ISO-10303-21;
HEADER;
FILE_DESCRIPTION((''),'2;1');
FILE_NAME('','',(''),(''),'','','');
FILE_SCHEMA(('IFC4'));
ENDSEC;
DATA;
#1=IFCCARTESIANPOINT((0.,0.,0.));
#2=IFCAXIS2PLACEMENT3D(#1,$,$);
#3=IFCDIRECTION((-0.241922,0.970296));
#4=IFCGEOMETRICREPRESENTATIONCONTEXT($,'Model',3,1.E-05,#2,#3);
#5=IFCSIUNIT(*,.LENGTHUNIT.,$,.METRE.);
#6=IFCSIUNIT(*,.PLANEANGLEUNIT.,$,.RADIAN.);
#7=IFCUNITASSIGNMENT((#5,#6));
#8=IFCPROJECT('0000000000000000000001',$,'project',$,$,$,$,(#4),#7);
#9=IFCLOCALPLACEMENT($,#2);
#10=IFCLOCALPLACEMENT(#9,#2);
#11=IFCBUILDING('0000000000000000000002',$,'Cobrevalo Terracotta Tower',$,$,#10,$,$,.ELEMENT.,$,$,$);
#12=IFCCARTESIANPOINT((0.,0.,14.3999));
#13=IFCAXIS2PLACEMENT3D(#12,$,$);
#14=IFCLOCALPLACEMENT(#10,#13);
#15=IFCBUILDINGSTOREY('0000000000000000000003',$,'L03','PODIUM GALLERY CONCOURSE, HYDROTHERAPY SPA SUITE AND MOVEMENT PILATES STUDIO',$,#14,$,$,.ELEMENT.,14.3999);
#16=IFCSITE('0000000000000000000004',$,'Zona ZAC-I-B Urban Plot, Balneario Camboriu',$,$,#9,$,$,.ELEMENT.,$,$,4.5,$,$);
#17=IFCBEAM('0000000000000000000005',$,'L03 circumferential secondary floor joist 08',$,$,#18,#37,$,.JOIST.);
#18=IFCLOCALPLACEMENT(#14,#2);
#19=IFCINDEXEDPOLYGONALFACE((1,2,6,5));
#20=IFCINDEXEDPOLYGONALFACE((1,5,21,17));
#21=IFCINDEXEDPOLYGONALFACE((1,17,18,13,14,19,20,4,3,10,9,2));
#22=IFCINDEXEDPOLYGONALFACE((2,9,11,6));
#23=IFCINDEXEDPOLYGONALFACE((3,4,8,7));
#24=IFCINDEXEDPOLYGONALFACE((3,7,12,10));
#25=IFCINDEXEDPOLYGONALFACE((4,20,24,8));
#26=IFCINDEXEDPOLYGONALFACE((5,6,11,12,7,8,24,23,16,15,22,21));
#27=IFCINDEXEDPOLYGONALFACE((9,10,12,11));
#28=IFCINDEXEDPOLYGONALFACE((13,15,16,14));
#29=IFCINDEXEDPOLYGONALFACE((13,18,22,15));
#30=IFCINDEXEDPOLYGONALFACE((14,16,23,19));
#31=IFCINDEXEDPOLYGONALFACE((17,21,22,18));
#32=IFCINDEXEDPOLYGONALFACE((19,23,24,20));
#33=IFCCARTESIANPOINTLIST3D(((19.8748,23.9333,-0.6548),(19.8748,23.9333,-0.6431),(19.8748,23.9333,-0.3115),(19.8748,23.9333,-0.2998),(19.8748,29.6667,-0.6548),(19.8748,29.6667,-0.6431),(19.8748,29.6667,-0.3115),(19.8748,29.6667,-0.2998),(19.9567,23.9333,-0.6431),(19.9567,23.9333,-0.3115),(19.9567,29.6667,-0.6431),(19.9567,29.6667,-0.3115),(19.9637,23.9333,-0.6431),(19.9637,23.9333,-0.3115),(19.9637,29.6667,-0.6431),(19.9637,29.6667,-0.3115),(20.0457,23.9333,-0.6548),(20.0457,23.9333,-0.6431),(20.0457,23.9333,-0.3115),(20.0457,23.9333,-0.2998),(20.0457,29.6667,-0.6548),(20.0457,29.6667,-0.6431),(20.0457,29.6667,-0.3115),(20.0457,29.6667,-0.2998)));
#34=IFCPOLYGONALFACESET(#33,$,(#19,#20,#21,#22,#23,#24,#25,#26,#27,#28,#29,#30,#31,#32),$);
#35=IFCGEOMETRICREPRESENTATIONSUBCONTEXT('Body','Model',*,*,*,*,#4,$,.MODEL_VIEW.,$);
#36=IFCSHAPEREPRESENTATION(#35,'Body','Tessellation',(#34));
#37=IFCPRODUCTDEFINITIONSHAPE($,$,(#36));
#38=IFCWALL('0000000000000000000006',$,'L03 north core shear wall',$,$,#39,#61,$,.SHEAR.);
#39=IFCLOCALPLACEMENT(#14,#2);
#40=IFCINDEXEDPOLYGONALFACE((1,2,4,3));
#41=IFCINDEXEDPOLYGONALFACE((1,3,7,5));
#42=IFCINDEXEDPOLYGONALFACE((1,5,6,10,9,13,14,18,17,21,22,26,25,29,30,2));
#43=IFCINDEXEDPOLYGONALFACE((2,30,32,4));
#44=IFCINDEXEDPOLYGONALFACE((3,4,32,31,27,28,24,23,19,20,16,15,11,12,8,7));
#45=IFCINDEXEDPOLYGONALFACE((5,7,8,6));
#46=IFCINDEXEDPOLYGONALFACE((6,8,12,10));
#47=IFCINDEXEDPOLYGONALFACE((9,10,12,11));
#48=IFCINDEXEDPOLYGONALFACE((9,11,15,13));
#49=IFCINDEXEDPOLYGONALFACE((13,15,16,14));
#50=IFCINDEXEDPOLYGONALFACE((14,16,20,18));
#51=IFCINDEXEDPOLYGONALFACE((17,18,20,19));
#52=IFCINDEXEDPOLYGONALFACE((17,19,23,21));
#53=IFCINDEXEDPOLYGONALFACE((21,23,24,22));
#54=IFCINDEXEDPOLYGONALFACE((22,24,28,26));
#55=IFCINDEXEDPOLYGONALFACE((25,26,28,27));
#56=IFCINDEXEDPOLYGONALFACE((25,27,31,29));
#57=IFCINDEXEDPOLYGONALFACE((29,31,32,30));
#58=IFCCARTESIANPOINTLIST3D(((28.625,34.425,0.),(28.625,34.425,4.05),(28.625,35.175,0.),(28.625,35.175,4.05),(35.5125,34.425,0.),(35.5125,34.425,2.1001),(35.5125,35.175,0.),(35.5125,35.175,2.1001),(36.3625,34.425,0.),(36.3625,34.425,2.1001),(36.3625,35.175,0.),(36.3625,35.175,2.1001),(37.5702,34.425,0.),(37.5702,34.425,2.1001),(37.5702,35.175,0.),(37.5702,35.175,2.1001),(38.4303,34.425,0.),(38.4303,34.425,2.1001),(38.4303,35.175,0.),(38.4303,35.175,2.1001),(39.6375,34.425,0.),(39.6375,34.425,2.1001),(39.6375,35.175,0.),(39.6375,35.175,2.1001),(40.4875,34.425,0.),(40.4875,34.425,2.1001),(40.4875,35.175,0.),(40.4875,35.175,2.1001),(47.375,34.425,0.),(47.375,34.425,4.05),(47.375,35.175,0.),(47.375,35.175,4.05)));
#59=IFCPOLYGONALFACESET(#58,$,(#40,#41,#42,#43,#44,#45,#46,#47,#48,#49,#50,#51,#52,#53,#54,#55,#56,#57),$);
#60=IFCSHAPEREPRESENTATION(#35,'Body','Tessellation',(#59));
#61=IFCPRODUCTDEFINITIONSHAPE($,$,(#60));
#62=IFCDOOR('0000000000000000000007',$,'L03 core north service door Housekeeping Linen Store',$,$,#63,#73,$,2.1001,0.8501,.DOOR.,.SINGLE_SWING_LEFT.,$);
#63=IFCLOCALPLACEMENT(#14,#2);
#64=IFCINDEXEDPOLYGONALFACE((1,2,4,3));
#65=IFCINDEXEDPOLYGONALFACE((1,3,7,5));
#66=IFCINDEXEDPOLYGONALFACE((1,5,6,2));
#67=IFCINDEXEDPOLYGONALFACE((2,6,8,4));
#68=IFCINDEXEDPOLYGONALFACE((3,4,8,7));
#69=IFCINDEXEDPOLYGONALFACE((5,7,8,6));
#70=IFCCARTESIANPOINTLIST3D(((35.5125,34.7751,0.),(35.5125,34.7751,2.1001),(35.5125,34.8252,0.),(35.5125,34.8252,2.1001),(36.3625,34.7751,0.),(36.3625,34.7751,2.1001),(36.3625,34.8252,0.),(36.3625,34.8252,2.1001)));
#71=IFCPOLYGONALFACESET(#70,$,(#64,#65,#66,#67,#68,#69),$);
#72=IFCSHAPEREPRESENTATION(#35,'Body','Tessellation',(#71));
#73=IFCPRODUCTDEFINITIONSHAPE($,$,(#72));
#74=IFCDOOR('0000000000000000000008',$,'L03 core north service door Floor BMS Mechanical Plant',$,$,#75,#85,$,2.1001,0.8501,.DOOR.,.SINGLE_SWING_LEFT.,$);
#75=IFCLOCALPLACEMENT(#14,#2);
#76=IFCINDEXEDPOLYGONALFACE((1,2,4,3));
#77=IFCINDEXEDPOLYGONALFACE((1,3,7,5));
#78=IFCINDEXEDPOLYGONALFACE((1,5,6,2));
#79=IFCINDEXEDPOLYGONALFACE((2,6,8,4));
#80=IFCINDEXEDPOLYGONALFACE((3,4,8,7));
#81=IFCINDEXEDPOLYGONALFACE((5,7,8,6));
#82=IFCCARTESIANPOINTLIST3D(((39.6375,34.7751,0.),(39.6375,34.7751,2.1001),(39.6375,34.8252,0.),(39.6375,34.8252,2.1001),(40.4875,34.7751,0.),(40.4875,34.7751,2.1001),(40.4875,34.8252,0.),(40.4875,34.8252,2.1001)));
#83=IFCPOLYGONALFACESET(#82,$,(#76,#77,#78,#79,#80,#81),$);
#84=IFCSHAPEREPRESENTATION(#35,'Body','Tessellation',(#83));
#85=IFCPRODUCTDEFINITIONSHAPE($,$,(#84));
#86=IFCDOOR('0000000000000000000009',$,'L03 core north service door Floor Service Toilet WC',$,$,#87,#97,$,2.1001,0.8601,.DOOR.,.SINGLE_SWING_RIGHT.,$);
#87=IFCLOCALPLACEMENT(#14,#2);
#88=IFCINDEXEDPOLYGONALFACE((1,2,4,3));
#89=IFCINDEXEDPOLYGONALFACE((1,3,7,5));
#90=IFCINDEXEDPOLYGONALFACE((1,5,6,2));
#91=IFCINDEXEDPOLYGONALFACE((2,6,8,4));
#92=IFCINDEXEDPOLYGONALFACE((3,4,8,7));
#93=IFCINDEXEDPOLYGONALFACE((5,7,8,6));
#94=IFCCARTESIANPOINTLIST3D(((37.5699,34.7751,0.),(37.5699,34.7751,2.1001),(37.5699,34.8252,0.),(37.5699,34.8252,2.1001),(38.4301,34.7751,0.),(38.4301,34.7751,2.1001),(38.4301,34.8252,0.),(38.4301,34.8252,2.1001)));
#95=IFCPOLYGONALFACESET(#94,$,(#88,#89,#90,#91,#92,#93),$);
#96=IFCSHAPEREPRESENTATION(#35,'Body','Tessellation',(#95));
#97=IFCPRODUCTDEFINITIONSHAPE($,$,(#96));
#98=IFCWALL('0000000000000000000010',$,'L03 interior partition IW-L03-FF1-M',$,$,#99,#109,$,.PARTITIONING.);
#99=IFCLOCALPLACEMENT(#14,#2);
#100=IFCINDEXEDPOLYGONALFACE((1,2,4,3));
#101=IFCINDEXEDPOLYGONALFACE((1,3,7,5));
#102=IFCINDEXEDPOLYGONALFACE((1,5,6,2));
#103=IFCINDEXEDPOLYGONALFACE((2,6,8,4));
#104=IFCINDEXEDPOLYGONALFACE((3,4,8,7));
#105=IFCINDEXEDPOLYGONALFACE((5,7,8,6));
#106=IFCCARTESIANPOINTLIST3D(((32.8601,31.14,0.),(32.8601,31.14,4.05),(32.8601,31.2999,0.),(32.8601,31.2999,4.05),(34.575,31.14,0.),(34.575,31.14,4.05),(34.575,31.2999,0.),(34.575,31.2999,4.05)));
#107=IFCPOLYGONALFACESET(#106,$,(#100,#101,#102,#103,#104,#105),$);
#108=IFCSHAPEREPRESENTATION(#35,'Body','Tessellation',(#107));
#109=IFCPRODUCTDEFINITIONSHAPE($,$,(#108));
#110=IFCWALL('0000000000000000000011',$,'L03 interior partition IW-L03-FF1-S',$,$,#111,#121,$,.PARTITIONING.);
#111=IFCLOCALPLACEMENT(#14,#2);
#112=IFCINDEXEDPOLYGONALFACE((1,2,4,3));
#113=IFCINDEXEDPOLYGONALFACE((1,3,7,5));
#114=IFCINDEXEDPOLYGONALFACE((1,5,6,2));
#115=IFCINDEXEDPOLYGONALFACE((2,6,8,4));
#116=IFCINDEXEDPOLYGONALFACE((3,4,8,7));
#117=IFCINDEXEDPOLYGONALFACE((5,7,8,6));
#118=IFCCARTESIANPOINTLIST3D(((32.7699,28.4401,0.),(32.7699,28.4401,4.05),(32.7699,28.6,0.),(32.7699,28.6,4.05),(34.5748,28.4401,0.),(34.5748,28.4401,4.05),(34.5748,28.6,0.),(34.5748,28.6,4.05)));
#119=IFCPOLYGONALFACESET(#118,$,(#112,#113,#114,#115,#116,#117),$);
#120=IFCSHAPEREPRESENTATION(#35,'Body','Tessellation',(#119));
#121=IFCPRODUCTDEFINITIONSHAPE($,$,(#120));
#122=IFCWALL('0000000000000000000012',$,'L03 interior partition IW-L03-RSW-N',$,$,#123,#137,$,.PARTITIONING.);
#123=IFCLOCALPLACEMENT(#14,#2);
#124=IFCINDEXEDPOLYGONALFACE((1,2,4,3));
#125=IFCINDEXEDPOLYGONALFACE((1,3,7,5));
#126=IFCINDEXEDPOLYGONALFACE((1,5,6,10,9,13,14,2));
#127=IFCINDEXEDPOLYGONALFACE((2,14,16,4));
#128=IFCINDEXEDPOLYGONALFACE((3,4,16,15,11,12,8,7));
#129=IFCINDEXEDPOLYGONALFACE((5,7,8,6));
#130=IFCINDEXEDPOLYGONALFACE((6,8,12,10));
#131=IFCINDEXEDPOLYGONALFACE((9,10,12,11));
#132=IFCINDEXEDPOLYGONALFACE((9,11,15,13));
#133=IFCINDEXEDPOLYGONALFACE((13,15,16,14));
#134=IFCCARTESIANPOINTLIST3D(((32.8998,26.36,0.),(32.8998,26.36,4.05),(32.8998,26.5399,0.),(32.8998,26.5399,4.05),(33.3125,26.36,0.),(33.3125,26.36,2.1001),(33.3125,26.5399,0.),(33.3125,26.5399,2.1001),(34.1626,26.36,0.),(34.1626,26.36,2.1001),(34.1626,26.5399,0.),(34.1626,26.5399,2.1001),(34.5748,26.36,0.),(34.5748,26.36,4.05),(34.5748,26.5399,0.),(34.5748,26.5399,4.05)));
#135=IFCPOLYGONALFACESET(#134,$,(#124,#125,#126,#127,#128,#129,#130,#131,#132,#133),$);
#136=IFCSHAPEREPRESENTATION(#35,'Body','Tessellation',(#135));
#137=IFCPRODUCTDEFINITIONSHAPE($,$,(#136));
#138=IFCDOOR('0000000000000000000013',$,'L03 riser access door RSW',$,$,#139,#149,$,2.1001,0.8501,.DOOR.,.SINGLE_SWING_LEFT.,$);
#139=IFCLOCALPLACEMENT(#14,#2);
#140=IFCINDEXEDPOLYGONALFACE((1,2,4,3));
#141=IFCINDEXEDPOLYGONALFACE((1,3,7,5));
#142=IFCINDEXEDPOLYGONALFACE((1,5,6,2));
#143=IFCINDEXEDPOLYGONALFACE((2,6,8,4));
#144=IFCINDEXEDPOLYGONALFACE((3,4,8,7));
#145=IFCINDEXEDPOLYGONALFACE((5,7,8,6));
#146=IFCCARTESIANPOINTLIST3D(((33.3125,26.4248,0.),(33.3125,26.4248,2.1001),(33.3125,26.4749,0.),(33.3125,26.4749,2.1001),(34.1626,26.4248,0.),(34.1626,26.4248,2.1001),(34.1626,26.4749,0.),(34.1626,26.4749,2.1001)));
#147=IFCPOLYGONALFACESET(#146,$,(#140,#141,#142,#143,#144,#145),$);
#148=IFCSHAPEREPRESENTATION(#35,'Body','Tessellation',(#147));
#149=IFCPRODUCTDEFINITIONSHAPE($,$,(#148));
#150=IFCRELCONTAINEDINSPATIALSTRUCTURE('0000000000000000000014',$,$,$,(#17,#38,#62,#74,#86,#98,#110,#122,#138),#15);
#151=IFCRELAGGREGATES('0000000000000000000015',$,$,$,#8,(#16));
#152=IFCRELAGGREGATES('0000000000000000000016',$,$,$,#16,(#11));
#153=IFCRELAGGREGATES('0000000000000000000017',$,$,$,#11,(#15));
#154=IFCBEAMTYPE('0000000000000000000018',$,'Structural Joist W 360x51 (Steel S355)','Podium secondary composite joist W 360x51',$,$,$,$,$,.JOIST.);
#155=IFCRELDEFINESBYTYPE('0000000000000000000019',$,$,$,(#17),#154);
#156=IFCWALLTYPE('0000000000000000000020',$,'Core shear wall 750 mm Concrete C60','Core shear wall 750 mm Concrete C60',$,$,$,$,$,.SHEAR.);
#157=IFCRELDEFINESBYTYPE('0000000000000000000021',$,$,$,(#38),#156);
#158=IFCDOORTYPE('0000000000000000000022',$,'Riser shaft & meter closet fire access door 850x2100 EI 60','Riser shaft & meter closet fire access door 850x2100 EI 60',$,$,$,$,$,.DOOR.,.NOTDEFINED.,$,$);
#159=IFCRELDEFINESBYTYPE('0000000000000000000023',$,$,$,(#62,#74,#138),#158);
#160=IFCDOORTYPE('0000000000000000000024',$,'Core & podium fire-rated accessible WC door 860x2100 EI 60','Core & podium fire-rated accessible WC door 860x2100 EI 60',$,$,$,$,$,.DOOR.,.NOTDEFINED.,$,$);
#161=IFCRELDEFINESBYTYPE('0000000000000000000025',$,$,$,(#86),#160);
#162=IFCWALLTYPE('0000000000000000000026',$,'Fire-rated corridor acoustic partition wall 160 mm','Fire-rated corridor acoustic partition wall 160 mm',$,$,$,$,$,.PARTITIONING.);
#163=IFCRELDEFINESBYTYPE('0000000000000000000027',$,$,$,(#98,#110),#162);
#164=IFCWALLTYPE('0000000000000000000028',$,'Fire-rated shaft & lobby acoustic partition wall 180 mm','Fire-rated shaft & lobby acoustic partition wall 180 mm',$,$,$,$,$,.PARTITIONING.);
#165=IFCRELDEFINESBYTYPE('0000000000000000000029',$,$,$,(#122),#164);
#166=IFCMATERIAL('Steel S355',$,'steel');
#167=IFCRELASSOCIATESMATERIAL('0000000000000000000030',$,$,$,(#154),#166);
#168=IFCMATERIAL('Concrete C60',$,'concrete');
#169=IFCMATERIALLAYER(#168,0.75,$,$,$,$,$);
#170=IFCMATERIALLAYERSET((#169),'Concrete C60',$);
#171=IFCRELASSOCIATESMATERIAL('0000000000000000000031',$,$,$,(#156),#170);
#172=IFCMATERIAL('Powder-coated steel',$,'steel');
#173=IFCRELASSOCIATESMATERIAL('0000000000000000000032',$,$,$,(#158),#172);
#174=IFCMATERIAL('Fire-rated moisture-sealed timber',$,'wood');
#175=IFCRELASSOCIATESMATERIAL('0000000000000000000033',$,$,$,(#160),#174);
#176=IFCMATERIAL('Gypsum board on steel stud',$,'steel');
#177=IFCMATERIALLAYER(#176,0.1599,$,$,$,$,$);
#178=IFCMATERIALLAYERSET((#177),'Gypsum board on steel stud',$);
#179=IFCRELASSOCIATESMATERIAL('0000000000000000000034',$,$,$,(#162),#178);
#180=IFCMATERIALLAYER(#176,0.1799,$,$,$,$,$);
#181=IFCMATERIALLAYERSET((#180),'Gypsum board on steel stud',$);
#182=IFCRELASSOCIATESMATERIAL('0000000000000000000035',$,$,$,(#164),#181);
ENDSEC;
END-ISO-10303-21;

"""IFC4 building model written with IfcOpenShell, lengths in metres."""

from ifc_helpers import new_model, si_unit, direction, frame, frame_2d, origin, origin_2d, place, context, subcontext, project, spatial, rectangle, i_section, extrude, source, transform, mapped, material, layer, layer_set, material_profile, profile_set, type_object, element, fill, save


model = new_model("IFC4")

# Units and contexts
model_context = context("Model", 3, precision=1e-05, world=origin(), true_north=direction((-0.241922, 0.970296)))
body_context = subcontext(model_context, "Body", "Model", "MODEL_VIEW")
ifc_project = project(units=[si_unit("LENGTHUNIT", "METRE"), si_unit("PLANEANGLEUNIT", "RADIAN")], contexts=[model_context])

# Site, building, storey
site_placement = place(None, origin())
site = spatial("IfcSite", under=ifc_project, at=site_placement, Name="Zona ZAC-I-B Urban Plot, Balneario Camboriu", CompositionType="ELEMENT", RefElevation=4.5)
building_placement = place(site_placement, origin())
building = spatial("IfcBuilding", under=site, at=building_placement, Name="Cobrevalo Terracotta Tower", CompositionType="ELEMENT")
storey_placement = place(building_placement, frame((0.0, 0.0, 14.3999)))
storey = spatial("IfcBuildingStorey", under=building, at=storey_placement, Name="L03", Description="PODIUM GALLERY CONCOURSE, HYDROTHERAPY SPA SUITE AND MOVEMENT PILATES STUDIO", CompositionType="ELEMENT", Elevation=14.3999)

# Shared definitions
ifc_material_1 = material(Name="Steel S355", Category="steel")
ifc_material_2 = material(Name="Concrete C60", Category="concrete")

# Beam
ifc_material_profile_1 = material_profile(ifc_material_1, i_section(OverallWidth=0.1709, OverallDepth=0.355, WebThickness=0.0071, FlangeThickness=0.0117, at=origin_2d()), Name="W 360x51")
ifc_profile_set_1 = profile_set([ifc_material_profile_1], Name="Steel S355")
beam_type = type_object("IfcBeamType", Name="Structural Joist W 360x51 (Steel S355)", Description="Podium secondary composite joist W 360x51", PredefinedType="JOIST", material=ifc_profile_set_1)
beam_1_placement = place(storey_placement, frame((19.9602, 29.6667, -0.4773), z_axis=(0.0, -1.0, 0.0), x_axis=(1.0, 0.0, 0.0)))
element("IfcBeam", 1, at=beam_1_placement, inside=storey, type_object=beam_type, Name="L03 circumferential secondary floor joist 08", PredefinedType="JOIST", context=body_context, shape_type="SweptSolid", body=[
    extrude(i_section(OverallWidth=0.1709, OverallDepth=0.355, WebThickness=0.0071, FlangeThickness=0.0117, at=origin_2d()), origin(), (0.0, 0.0, 1.0), 5.7334),
])

# Wall, openings, doors
ifc_layer_1 = layer(ifc_material_2, 0.75)
ifc_layer_set_1 = layer_set([ifc_layer_1], Name="Concrete C60")
wall_type_1 = type_object("IfcWallType", Name="Core shear wall 750 mm Concrete C60", Description="Core shear wall 750 mm Concrete C60", PredefinedType="SHEAR", material=ifc_layer_set_1)
wall_1_placement = place(storey_placement, frame((28.625, 34.8, 0.0), z_axis=(0.0, 0.0, 1.0), x_axis=(1.0, 0.0, 0.0)))
wall_1 = element("IfcWall", 2, at=wall_1_placement, inside=storey, type_object=wall_type_1, Name="L03 north core shear wall", PredefinedType="SHEAR", context=body_context, shape_type="SweptSolid", body=[
    extrude(rectangle(XDim=18.75, YDim=0.75, at=frame_2d((9.375, 0.0))), origin(), (0.0, 0.0, 1.0), 4.05),
])
opening_1_placement = place(wall_1_placement, frame((6.8875, 0.0, 0.0)))
opening_1 = element("IfcOpeningElement", 3, at=opening_1_placement, cuts=wall_1, PredefinedType="OPENING", context=body_context, shape_type="SweptSolid", body=[
    extrude(rectangle(XDim=0.8501, YDim=2.1001, at=frame_2d((0.425, 1.05))), frame((0.0, 0.385, 0.0), z_axis=(0.0, -1.0, 0.0), x_axis=(1.0, 0.0, 0.0)), (0.0, 0.0, 1.0), 0.77),
])
opening_2_placement = place(wall_1_placement, frame((8.9451, 0.0, 0.0)))
opening_2 = element("IfcOpeningElement", 4, at=opening_2_placement, cuts=wall_1, PredefinedType="OPENING", context=body_context, shape_type="SweptSolid", body=[
    extrude(rectangle(XDim=0.8601, YDim=2.1001, at=frame_2d((0.4302, 1.05))), frame((0.0, 0.385, 0.0), z_axis=(0.0, -1.0, 0.0), x_axis=(1.0, 0.0, 0.0)), (0.0, 0.0, 1.0), 0.77),
])
opening_3_placement = place(wall_1_placement, frame((11.0125, 0.0, 0.0)))
opening_3 = element("IfcOpeningElement", 5, at=opening_3_placement, cuts=wall_1, PredefinedType="OPENING", context=body_context, shape_type="SweptSolid", body=[
    extrude(rectangle(XDim=0.8501, YDim=2.1001, at=frame_2d((0.425, 1.05))), frame((0.0, 0.385, 0.0), z_axis=(0.0, -1.0, 0.0), x_axis=(1.0, 0.0, 0.0)), (0.0, 0.0, 1.0), 0.77),
])
ifc_material_3 = material(Name="Powder-coated steel", Category="steel")
door_type_1 = type_object("IfcDoorType", Name="Riser shaft & meter closet fire access door 850x2100 EI 60", Description="Riser shaft & meter closet fire access door 850x2100 EI 60", OperationType="NOTDEFINED", PredefinedType="DOOR", material=ifc_material_3)
shared_shape_1 = source(origin(), body_context, "Body", "SweptSolid", [
    extrude(rectangle(XDim=0.8501, YDim=2.1001, at=frame_2d((0.425, 1.05))), frame((0.0, 0.0249, 0.0), z_axis=(0.0, -1.0, 0.0), x_axis=(1.0, 0.0, 0.0)), (0.0, 0.0, 1.0), 0.05),
])
door_1_placement = place(opening_1_placement, frame((0.8501, 0.0, 0.0), z_axis=(0.0, 0.0, 1.0), x_axis=(-1.0, 0.0, 0.0)))
door_1 = element("IfcDoor", 6, at=door_1_placement, inside=storey, type_object=door_type_1, Name="L03 core north service door Housekeeping Linen Store", OperationType="SINGLE_SWING_LEFT", OverallHeight=2.1001, OverallWidth=0.8501, PredefinedType="DOOR", context=body_context, shape_type="MappedRepresentation", body=[
    mapped(shared_shape_1, transform((0.0, 0.0, 0.0), scale=1.0)),
])
fill(opening_1, door_1)
door_2_placement = place(opening_3_placement, frame((0.8501, 0.0, 0.0), z_axis=(0.0, 0.0, 1.0), x_axis=(-1.0, 0.0, 0.0)))
door_2 = element("IfcDoor", 7, at=door_2_placement, inside=storey, type_object=door_type_1, Name="L03 core north service door Floor BMS Mechanical Plant", OperationType="SINGLE_SWING_LEFT", OverallHeight=2.1001, OverallWidth=0.8501, PredefinedType="DOOR", context=body_context, shape_type="MappedRepresentation", body=[
    mapped(shared_shape_1, transform((0.0, 0.0, 0.0), scale=1.0)),
])
fill(opening_3, door_2)
ifc_material_4 = material(Name="Fire-rated moisture-sealed timber", Category="wood")
door_type_2 = type_object("IfcDoorType", Name="Core & podium fire-rated accessible WC door 860x2100 EI 60", Description="Core & podium fire-rated accessible WC door 860x2100 EI 60", OperationType="NOTDEFINED", PredefinedType="DOOR", material=ifc_material_4)
shared_shape_2 = source(origin(), body_context, "Body", "SweptSolid", [
    extrude(rectangle(XDim=0.8601, YDim=2.1001, at=frame_2d((0.4302, 1.05))), frame((0.0, 0.0249, 0.0), z_axis=(0.0, -1.0, 0.0), x_axis=(1.0, 0.0, 0.0)), (0.0, 0.0, 1.0), 0.05),
])
door_3_placement = place(opening_2_placement, frame((0.8601, 0.0, 0.0), z_axis=(0.0, 0.0, 1.0), x_axis=(-1.0, 0.0, 0.0)))
door_3 = element("IfcDoor", 8, at=door_3_placement, inside=storey, type_object=door_type_2, Name="L03 core north service door Floor Service Toilet WC", OperationType="SINGLE_SWING_RIGHT", OverallHeight=2.1001, OverallWidth=0.8601, PredefinedType="DOOR", context=body_context, shape_type="MappedRepresentation", body=[
    mapped(shared_shape_2, transform((0.0, 0.0, 0.0), scale=1.0)),
])
fill(opening_2, door_3)

# Walls
ifc_material_5 = material(Name="Gypsum board on steel stud", Category="steel")
ifc_layer_2 = layer(ifc_material_5, 0.1599)
ifc_layer_set_2 = layer_set([ifc_layer_2], Name="Gypsum board on steel stud")
wall_type_2 = type_object("IfcWallType", Name="Fire-rated corridor acoustic partition wall 160 mm", Description="Fire-rated corridor acoustic partition wall 160 mm", PredefinedType="PARTITIONING", material=ifc_layer_set_2)
wall_2_placement = place(storey_placement, frame((32.8601, 31.22, 0.0), z_axis=(0.0, 0.0, 1.0), x_axis=(1.0, 0.0, 0.0)))
element("IfcWall", 9, at=wall_2_placement, inside=storey, type_object=wall_type_2, Name="L03 interior partition IW-L03-FF1-M", PredefinedType="PARTITIONING", context=body_context, shape_type="SweptSolid", body=[
    extrude(rectangle(XDim=1.7148, YDim=0.1599, at=frame_2d((0.8574, 0.0))), origin(), (0.0, 0.0, 1.0), 4.05),
])
wall_3_placement = place(storey_placement, frame((32.77, 28.52, 0.0), z_axis=(0.0, 0.0, 1.0), x_axis=(1.0, 0.0, 0.0)))
element("IfcWall", 10, at=wall_3_placement, inside=storey, type_object=wall_type_2, Name="L03 interior partition IW-L03-FF1-S", PredefinedType="PARTITIONING", context=body_context, shape_type="SweptSolid", body=[
    extrude(rectangle(XDim=1.8049, YDim=0.1599, at=frame_2d((0.9023, 0.0))), origin(), (0.0, 0.0, 1.0), 4.05),
])

# Wall, opening, door
ifc_layer_3 = layer(ifc_material_5, 0.1799)
ifc_layer_set_3 = layer_set([ifc_layer_3], Name="Gypsum board on steel stud")
wall_type_3 = type_object("IfcWallType", Name="Fire-rated shaft & lobby acoustic partition wall 180 mm", Description="Fire-rated shaft & lobby acoustic partition wall 180 mm", PredefinedType="PARTITIONING", material=ifc_layer_set_3)
wall_4_placement = place(storey_placement, frame((32.8999, 26.45, 0.0), z_axis=(0.0, 0.0, 1.0), x_axis=(1.0, 0.0, 0.0)))
wall_4 = element("IfcWall", 11, at=wall_4_placement, inside=storey, type_object=wall_type_3, Name="L03 interior partition IW-L03-RSW-N", PredefinedType="PARTITIONING", context=body_context, shape_type="SweptSolid", body=[
    extrude(rectangle(XDim=1.675, YDim=0.1799, at=frame_2d((0.8374, 0.0))), origin(), (0.0, 0.0, 1.0), 4.05),
])
opening_4_placement = place(wall_4_placement, frame((0.4126, 0.0, 0.0)))
opening_4 = element("IfcOpeningElement", 12, at=opening_4_placement, cuts=wall_4, PredefinedType="OPENING", context=body_context, shape_type="SweptSolid", body=[
    extrude(rectangle(XDim=0.8501, YDim=2.1001, at=frame_2d((0.425, 1.05))), frame((0.0, 0.1001, 0.0), z_axis=(0.0, -1.0, 0.0), x_axis=(1.0, 0.0, 0.0)), (0.0, 0.0, 1.0), 0.2),
])
door_4_placement = place(opening_4_placement, origin())
door_4 = element("IfcDoor", 13, at=door_4_placement, inside=storey, type_object=door_type_1, Name="L03 riser access door RSW", OperationType="SINGLE_SWING_LEFT", OverallHeight=2.1001, OverallWidth=0.8501, PredefinedType="DOOR", context=body_context, shape_type="MappedRepresentation", body=[
    mapped(shared_shape_1, transform((0.0, 0.0, 0.0), scale=1.0)),
])
fill(opening_4, door_4)

save(model, "model.ifc")
